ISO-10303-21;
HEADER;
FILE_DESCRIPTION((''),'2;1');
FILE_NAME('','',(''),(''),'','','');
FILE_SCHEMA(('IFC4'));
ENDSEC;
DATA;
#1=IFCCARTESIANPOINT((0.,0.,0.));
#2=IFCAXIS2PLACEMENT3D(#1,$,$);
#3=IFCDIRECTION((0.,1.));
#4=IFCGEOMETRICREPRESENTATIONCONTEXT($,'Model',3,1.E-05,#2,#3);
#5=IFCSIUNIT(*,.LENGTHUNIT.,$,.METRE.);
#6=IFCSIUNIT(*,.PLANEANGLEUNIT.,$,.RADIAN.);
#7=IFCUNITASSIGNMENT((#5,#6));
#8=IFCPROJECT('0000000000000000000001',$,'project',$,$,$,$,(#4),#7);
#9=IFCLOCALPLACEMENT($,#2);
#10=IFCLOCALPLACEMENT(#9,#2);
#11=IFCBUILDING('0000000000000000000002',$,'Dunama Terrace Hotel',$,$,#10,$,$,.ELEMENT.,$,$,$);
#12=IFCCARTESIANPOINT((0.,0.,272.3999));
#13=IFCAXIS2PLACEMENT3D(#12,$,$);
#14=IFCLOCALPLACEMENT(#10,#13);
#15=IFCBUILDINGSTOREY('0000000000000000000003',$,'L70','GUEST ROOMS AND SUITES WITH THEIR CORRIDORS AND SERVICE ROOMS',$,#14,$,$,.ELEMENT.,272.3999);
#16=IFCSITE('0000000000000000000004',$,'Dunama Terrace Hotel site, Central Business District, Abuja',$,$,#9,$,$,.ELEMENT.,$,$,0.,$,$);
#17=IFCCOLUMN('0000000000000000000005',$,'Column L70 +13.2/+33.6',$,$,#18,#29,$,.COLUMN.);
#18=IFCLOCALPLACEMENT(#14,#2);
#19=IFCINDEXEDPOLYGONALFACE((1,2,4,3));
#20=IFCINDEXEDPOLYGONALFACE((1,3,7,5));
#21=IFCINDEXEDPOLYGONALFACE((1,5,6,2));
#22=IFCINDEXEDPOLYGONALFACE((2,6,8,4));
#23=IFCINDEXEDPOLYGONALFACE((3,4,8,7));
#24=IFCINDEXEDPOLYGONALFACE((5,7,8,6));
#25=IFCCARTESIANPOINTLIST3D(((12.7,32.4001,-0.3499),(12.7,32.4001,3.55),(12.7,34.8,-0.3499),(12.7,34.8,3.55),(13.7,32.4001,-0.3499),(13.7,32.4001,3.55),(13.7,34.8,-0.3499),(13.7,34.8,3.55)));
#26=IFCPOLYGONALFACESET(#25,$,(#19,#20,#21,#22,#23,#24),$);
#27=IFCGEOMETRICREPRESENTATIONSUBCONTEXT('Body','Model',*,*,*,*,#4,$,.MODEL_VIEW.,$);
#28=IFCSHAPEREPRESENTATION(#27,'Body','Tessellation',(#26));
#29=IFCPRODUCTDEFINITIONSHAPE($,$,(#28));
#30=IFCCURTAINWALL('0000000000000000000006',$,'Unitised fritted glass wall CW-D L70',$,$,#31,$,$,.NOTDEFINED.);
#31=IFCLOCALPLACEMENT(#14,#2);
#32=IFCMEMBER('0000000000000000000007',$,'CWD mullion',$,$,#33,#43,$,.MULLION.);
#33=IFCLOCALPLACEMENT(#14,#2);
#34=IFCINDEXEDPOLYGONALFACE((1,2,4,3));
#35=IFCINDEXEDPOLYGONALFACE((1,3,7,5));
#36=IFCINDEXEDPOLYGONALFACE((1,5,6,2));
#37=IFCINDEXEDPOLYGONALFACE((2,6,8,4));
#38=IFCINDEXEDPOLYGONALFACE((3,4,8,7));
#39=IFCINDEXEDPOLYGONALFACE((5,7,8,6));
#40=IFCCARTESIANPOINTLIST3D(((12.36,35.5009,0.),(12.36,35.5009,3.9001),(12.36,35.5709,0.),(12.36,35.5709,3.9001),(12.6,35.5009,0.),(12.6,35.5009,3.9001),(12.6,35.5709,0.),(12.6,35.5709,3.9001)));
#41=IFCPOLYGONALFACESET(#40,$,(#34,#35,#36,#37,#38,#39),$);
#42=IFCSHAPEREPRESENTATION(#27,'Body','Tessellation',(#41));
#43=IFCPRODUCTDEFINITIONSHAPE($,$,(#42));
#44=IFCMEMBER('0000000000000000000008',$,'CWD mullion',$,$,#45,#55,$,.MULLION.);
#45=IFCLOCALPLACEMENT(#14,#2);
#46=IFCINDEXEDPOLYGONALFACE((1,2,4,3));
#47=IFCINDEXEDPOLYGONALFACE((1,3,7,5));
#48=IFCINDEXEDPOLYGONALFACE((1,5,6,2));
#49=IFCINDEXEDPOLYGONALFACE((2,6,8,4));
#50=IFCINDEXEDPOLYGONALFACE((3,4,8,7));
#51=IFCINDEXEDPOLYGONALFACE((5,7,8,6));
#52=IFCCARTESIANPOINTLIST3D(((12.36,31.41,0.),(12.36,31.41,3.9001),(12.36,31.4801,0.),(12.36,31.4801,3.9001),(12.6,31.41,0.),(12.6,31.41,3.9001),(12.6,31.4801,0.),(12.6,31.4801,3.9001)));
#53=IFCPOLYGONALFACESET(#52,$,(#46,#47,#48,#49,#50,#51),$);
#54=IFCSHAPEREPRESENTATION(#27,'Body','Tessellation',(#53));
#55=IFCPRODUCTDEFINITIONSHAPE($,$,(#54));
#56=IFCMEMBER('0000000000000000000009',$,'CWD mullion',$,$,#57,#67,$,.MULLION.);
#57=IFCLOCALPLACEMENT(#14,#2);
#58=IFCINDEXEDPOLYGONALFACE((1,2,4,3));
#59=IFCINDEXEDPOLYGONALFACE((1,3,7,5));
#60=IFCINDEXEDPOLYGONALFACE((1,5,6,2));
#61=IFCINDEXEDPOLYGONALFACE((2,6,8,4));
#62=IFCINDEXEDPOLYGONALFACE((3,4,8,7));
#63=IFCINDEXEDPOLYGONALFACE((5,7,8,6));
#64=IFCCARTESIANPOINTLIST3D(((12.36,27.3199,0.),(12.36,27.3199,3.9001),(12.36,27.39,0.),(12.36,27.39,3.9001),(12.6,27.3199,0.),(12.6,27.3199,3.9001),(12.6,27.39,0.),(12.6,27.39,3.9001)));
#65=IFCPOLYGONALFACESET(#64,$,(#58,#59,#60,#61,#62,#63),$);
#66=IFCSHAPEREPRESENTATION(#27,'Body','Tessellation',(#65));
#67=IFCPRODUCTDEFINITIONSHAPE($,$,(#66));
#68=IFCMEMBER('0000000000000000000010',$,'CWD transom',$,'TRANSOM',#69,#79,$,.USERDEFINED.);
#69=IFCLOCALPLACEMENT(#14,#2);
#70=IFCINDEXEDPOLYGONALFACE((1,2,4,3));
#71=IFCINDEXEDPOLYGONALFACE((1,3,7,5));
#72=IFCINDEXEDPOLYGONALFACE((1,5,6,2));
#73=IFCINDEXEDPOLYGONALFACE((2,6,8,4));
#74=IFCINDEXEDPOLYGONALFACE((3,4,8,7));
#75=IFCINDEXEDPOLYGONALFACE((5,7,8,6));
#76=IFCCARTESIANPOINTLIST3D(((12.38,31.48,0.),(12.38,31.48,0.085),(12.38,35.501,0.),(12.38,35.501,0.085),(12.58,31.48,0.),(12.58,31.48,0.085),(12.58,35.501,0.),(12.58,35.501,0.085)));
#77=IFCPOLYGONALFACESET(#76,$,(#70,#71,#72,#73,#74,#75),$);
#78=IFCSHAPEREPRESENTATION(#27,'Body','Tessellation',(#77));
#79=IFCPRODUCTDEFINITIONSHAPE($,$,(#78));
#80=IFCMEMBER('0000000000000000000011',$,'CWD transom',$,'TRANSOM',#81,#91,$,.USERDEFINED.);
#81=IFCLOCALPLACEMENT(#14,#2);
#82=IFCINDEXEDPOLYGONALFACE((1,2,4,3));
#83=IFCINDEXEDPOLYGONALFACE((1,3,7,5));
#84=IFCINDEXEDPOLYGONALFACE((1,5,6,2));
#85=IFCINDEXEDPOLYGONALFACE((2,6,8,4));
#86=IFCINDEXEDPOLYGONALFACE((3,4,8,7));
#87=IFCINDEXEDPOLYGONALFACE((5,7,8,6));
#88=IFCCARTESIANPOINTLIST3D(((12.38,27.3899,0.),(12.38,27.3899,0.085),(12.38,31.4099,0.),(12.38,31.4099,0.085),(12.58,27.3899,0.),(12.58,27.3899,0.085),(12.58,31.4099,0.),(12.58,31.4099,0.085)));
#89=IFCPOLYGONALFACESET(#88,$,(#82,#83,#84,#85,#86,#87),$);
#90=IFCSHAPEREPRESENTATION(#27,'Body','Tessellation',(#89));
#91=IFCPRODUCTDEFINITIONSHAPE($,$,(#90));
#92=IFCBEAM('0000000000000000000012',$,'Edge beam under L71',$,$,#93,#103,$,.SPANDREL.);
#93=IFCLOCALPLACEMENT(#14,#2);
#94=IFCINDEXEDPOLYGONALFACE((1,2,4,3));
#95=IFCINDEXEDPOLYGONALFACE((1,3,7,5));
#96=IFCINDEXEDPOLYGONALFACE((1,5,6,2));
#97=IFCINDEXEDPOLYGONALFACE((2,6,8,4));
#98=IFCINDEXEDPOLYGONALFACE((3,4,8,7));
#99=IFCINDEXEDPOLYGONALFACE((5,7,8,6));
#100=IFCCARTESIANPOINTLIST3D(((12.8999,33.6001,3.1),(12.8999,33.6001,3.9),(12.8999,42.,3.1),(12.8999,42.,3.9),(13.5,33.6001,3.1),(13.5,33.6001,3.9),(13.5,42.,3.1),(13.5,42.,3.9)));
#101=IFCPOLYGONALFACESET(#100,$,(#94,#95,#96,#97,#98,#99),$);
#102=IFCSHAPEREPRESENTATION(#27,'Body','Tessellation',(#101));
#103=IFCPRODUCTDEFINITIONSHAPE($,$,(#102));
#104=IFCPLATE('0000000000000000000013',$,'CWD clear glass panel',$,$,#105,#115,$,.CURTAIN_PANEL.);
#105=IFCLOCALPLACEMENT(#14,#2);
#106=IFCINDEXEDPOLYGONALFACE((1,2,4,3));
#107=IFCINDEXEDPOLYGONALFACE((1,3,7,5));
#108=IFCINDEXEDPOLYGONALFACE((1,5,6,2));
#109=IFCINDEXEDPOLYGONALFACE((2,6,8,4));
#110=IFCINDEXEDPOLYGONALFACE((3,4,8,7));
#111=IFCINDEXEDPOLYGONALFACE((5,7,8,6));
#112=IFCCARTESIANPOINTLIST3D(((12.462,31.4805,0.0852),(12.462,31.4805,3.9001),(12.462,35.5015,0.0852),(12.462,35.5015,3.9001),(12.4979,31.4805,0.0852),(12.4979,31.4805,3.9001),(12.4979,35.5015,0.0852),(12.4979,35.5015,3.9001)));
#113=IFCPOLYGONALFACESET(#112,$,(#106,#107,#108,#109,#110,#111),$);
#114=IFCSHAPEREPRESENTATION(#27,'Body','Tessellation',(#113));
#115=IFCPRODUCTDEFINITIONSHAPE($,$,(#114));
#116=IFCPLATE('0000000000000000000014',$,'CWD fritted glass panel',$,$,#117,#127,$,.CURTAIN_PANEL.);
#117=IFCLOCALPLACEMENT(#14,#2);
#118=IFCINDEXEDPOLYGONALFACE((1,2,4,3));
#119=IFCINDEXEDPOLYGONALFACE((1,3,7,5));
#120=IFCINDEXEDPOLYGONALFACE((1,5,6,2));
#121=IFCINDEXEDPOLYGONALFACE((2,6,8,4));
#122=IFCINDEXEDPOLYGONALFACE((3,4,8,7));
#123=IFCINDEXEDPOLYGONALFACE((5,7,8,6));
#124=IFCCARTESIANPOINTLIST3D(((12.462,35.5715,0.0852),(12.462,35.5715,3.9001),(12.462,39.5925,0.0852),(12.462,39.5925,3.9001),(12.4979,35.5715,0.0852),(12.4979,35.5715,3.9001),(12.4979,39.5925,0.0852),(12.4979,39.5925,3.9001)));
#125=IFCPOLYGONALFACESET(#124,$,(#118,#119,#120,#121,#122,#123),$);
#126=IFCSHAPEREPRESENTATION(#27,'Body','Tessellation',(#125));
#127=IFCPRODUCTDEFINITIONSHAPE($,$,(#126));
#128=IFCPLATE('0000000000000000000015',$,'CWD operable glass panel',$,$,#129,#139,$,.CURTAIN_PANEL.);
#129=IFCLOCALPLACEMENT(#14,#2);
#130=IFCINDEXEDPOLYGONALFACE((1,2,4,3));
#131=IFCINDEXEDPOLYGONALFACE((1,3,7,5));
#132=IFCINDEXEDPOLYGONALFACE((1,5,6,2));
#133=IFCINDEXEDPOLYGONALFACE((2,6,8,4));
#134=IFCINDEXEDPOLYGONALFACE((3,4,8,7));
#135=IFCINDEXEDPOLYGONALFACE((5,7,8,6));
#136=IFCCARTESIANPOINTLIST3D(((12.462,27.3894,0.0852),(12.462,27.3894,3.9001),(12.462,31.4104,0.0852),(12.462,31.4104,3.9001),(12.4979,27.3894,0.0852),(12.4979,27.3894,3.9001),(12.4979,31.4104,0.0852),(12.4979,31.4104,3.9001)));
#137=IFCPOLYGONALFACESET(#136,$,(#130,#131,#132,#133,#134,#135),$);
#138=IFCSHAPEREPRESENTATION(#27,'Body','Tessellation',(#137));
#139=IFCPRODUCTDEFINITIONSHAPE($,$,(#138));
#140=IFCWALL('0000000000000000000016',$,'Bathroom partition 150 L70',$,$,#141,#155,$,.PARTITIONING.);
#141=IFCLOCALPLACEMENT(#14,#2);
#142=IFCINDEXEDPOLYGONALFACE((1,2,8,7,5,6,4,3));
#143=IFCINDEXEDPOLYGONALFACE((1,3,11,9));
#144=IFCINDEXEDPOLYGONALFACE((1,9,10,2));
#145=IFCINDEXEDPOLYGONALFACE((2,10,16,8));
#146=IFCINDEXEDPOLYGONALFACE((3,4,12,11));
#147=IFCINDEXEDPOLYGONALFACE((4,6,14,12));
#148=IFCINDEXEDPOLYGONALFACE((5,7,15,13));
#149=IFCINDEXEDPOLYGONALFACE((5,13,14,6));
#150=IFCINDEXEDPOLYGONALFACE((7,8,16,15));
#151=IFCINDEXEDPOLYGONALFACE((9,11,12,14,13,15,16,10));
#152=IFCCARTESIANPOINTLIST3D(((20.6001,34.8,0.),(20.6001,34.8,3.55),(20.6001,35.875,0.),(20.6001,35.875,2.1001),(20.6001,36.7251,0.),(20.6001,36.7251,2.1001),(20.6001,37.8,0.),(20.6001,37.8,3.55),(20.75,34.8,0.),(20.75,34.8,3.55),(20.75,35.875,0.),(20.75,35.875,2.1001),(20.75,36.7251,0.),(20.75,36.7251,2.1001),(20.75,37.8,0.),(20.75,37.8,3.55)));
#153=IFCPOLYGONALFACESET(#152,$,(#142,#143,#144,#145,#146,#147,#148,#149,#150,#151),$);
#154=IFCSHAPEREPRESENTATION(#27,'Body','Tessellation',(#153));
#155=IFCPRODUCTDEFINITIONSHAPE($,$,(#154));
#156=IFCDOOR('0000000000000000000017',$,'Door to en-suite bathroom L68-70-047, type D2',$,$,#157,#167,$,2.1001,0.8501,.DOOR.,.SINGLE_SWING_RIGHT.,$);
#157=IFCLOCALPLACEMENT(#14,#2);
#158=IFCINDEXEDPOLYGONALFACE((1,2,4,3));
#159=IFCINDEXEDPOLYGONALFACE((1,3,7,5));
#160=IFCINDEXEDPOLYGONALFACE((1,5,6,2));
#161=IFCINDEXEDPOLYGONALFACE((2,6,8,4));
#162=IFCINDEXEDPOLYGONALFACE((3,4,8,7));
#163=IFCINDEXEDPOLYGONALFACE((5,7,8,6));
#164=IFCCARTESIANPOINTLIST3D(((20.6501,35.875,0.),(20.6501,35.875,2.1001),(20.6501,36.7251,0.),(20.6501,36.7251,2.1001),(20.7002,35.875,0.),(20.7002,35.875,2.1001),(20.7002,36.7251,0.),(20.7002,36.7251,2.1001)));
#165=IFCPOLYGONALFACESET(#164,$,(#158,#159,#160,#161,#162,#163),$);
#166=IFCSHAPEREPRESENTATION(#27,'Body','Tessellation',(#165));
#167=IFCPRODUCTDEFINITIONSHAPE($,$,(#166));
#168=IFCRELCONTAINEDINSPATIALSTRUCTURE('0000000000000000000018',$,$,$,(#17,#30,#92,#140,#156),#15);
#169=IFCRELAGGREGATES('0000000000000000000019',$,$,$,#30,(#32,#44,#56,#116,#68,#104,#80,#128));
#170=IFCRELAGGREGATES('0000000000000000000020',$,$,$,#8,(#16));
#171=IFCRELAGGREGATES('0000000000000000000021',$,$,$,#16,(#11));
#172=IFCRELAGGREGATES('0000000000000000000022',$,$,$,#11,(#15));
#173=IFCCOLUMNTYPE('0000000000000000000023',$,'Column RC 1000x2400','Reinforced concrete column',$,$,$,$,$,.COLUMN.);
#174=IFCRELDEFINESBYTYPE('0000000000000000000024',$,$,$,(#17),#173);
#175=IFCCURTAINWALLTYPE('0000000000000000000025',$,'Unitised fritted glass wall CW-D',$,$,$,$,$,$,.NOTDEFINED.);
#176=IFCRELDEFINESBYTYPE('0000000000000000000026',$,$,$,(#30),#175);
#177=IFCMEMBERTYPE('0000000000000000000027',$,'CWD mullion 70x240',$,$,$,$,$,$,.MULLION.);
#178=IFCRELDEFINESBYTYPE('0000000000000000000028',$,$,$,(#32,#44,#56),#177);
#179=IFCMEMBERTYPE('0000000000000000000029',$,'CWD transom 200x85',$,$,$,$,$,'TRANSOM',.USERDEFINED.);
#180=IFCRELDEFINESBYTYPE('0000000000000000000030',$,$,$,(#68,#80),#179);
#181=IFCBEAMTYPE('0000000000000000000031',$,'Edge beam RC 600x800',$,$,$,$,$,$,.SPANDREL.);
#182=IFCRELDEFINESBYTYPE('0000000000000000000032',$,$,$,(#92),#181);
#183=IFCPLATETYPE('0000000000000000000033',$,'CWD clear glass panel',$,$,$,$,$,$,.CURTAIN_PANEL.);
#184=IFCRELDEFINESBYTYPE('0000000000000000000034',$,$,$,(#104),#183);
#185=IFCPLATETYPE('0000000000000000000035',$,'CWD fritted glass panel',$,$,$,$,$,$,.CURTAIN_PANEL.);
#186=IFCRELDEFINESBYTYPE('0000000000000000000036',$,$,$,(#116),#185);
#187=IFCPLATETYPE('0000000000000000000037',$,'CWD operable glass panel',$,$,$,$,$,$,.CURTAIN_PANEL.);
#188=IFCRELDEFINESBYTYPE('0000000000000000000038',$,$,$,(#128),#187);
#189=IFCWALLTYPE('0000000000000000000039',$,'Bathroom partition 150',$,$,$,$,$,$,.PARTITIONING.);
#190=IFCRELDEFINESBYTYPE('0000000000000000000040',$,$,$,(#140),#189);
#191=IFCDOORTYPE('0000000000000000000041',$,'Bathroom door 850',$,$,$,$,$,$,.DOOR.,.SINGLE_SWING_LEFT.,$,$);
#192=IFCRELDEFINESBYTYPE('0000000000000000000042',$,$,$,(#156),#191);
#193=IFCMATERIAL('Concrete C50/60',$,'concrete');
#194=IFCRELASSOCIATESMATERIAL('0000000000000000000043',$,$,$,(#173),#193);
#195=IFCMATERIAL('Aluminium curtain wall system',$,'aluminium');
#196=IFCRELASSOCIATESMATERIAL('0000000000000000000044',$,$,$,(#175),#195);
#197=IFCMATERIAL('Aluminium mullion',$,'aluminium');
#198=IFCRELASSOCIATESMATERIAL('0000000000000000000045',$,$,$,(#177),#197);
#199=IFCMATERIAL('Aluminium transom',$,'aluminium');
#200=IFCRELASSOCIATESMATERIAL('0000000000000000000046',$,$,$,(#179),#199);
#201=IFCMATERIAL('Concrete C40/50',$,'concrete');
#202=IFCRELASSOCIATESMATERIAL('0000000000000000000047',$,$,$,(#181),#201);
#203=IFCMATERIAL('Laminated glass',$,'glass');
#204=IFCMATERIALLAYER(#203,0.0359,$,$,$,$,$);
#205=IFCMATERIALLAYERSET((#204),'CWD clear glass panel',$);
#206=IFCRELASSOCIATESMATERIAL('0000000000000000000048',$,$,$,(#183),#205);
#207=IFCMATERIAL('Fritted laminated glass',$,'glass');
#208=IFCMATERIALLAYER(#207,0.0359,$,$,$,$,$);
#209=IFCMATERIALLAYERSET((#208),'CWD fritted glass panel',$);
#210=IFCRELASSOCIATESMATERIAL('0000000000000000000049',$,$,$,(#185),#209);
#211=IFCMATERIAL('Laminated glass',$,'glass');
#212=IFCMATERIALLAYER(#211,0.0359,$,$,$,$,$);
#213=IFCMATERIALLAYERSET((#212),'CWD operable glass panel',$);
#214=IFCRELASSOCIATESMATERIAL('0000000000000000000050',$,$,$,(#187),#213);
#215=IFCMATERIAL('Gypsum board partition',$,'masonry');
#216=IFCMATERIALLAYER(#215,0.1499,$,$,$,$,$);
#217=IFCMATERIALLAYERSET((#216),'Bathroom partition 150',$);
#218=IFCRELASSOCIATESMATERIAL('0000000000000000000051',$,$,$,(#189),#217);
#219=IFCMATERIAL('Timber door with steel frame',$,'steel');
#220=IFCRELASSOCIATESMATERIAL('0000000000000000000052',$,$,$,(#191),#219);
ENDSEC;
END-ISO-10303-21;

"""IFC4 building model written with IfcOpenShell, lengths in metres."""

from ifc_helpers import new_model, si_unit, direction, frame, frame_2d, origin, origin_2d, place, context, subcontext, project, spatial, rectangle, extrude, material, layer, layer_set, material_profile, profile_set, type_object, element, fill, aggregate, save


model = new_model("IFC4")

# Units and contexts
model_context = context("Model", 3, precision=1e-05, world=origin(), true_north=direction((0.0, 1.0)))
body_context = subcontext(model_context, "Body", "Model", "MODEL_VIEW")
ifc_project = project(units=[si_unit("LENGTHUNIT", "METRE"), si_unit("PLANEANGLEUNIT", "RADIAN")], contexts=[model_context])

# Site, building, storey
site_placement = place(None, origin())
site = spatial("IfcSite", under=ifc_project, at=site_placement, Name="Dunama Terrace Hotel site, Central Business District, Abuja", CompositionType="ELEMENT", RefElevation=0.0)
building_placement = place(site_placement, origin())
building = spatial("IfcBuilding", under=site, at=building_placement, Name="Dunama Terrace Hotel", CompositionType="ELEMENT")
storey_placement = place(building_placement, frame((0.0, 0.0, 272.3999)))
storey = spatial("IfcBuildingStorey", under=building, at=storey_placement, Name="L70", Description="GUEST ROOMS AND SUITES WITH THEIR CORRIDORS AND SERVICE ROOMS", CompositionType="ELEMENT", Elevation=272.3999)

# Column
ifc_material_1 = material(Name="Concrete C50/60", Category="concrete")
ifc_material_profile_1 = material_profile(ifc_material_1, rectangle(XDim=1.0, YDim=2.3999, at=origin_2d()), Name="RC 1000x2400")
ifc_profile_set_1 = profile_set([ifc_material_profile_1], Name="Concrete C50/60")
column_type = type_object("IfcColumnType", Name="Column RC 1000x2400", Description="Reinforced concrete column", PredefinedType="COLUMN", material=ifc_profile_set_1)
column_placement = place(storey_placement, frame((13.2, 33.6001, -0.3499), z_axis=(0.0, 0.0, 1.0), x_axis=(1.0, 0.0, 0.0)))
element("IfcColumn", 1, at=column_placement, inside=storey, type_object=column_type, Name="Column L70 +13.2/+33.6", PredefinedType="COLUMN", context=body_context, shape_type="SweptSolid", body=[
    extrude(rectangle(XDim=1.0, YDim=2.3999, at=origin_2d()), origin(), (0.0, 0.0, 1.0), 3.8999),
])

# Curtain wall, members
ifc_material_2 = material(Name="Aluminium curtain wall system", Category="aluminium")
curtain_wall_type = type_object("IfcCurtainWallType", Name="Unitised fritted glass wall CW-D", PredefinedType="NOTDEFINED", material=ifc_material_2)
curtain_wall_placement = place(storey_placement, origin())
curtain_wall = element("IfcCurtainWall", 2, at=curtain_wall_placement, inside=storey, type_object=curtain_wall_type, Name="Unitised fritted glass wall CW-D L70", PredefinedType="NOTDEFINED")
ifc_material_3 = material(Name="Aluminium mullion", Category="aluminium")
ifc_material_profile_2 = material_profile(ifc_material_3, rectangle(XDim=0.0701, YDim=0.24, at=origin_2d()), Name="CWD MULLION 70X240")
ifc_profile_set_2 = profile_set([ifc_material_profile_2], Name="Aluminium mullion")
member_type_1 = type_object("IfcMemberType", Name="CWD mullion 70x240", PredefinedType="MULLION", material=ifc_profile_set_2)
member_1_placement = place(storey_placement, frame((12.48, 35.5359, 0.0), z_axis=(0.0, 0.0, 1.0), x_axis=(0.0, -1.0, 0.0)))
member_1 = element("IfcMember", 3, at=member_1_placement, type_object=member_type_1, Name="CWD mullion", PredefinedType="MULLION", context=body_context, shape_type="SweptSolid", body=[
    extrude(rectangle(XDim=0.0701, YDim=0.24, at=origin_2d()), origin(), (0.0, 0.0, 1.0), 3.9001),
])
member_2_placement = place(storey_placement, frame((12.48, 31.4451, 0.0), z_axis=(0.0, 0.0, 1.0), x_axis=(0.0, -1.0, 0.0)))
member_2 = element("IfcMember", 4, at=member_2_placement, type_object=member_type_1, Name="CWD mullion", PredefinedType="MULLION", context=body_context, shape_type="SweptSolid", body=[
    extrude(rectangle(XDim=0.0701, YDim=0.24, at=origin_2d()), origin(), (0.0, 0.0, 1.0), 3.9001),
])
member_3_placement = place(storey_placement, frame((12.48, 27.355, 0.0), z_axis=(0.0, 0.0, 1.0), x_axis=(0.0, -1.0, 0.0)))
member_3 = element("IfcMember", 5, at=member_3_placement, type_object=member_type_1, Name="CWD mullion", PredefinedType="MULLION", context=body_context, shape_type="SweptSolid", body=[
    extrude(rectangle(XDim=0.0701, YDim=0.24, at=origin_2d()), origin(), (0.0, 0.0, 1.0), 3.9001),
])
ifc_material_4 = material(Name="Aluminium transom", Category="aluminium")
ifc_material_profile_3 = material_profile(ifc_material_4, rectangle(XDim=0.2, YDim=0.085, at=origin_2d()), Name="CWD TRANSOM 200X85")
ifc_profile_set_3 = profile_set([ifc_material_profile_3], Name="Aluminium transom")
member_type_2 = type_object("IfcMemberType", Name="CWD transom 200x85", ElementType="TRANSOM", PredefinedType="USERDEFINED", material=ifc_profile_set_3)
member_4_placement = place(storey_placement, frame((12.48, 35.501, 0.0425), z_axis=(0.0, -1.0, 0.0), x_axis=(1.0, 0.0, 0.0)))
member_4 = element("IfcMember", 6, at=member_4_placement, type_object=member_type_2, Name="CWD transom", ObjectType="TRANSOM", PredefinedType="USERDEFINED", context=body_context, shape_type="SweptSolid", body=[
    extrude(rectangle(XDim=0.2, YDim=0.085, at=origin_2d()), origin(), (0.0, 0.0, 1.0), 4.021),
])
member_5_placement = place(storey_placement, frame((12.48, 31.4099, 0.0425), z_axis=(0.0, -1.0, 0.0), x_axis=(1.0, 0.0, 0.0)))
member_5 = element("IfcMember", 7, at=member_5_placement, type_object=member_type_2, Name="CWD transom", ObjectType="TRANSOM", PredefinedType="USERDEFINED", context=body_context, shape_type="SweptSolid", body=[
    extrude(rectangle(XDim=0.2, YDim=0.085, at=origin_2d()), origin(), (0.0, 0.0, 1.0), 4.02),
])

# Beam
ifc_material_5 = material(Name="Concrete C40/50", Category="concrete")
ifc_material_profile_4 = material_profile(ifc_material_5, rectangle(XDim=0.6001, YDim=0.8, at=origin_2d()), Name="RC 600x800")
ifc_profile_set_4 = profile_set([ifc_material_profile_4], Name="Concrete C40/50")
beam_type = type_object("IfcBeamType", Name="Edge beam RC 600x800", PredefinedType="SPANDREL", material=ifc_profile_set_4)
beam_placement = place(storey_placement, frame((13.2, 33.6001, 3.5), z_axis=(0.0, 1.0, 0.0), x_axis=(-1.0, 0.0, 0.0)))
element("IfcBeam", 8, at=beam_placement, inside=storey, type_object=beam_type, Name="Edge beam under L71", PredefinedType="SPANDREL", context=body_context, shape_type="SweptSolid", body=[
    extrude(rectangle(XDim=0.6001, YDim=0.8, at=origin_2d()), origin(), (0.0, 0.0, 1.0), 8.3999),
])

# Plates
ifc_material_6 = material(Name="Laminated glass", Category="glass")
ifc_layer_1 = layer(ifc_material_6, 0.0359)
ifc_layer_set_1 = layer_set([ifc_layer_1], Name="CWD clear glass panel")
plate_type_1 = type_object("IfcPlateType", Name="CWD clear glass panel", PredefinedType="CURTAIN_PANEL", material=ifc_layer_set_1)
plate_1_placement = place(storey_placement, frame((12.48, 33.491, 0.0852), z_axis=(0.0, 0.0, 1.0), x_axis=(0.0, -1.0, 0.0)))
plate_1 = element("IfcPlate", 9, at=plate_1_placement, type_object=plate_type_1, Name="CWD clear glass panel", PredefinedType="CURTAIN_PANEL", context=body_context, shape_type="SweptSolid", body=[
    extrude(rectangle(XDim=4.021, YDim=0.0359, at=origin_2d()), origin(), (0.0, 0.0, 1.0), 3.8149),
])
ifc_material_7 = material(Name="Fritted laminated glass", Category="glass")
ifc_layer_2 = layer(ifc_material_7, 0.0359)
ifc_layer_set_2 = layer_set([ifc_layer_2], Name="CWD fritted glass panel")
plate_type_2 = type_object("IfcPlateType", Name="CWD fritted glass panel", PredefinedType="CURTAIN_PANEL", material=ifc_layer_set_2)
plate_2_placement = place(storey_placement, frame((12.48, 37.582, 0.0852), z_axis=(0.0, 0.0, 1.0), x_axis=(0.0, -1.0, 0.0)))
plate_2 = element("IfcPlate", 10, at=plate_2_placement, type_object=plate_type_2, Name="CWD fritted glass panel", PredefinedType="CURTAIN_PANEL", context=body_context, shape_type="SweptSolid", body=[
    extrude(rectangle(XDim=4.021, YDim=0.0359, at=origin_2d()), origin(), (0.0, 0.0, 1.0), 3.8149),
])
ifc_material_8 = material(Name="Laminated glass", Category="glass")
ifc_layer_3 = layer(ifc_material_8, 0.0359)
ifc_layer_set_3 = layer_set([ifc_layer_3], Name="CWD operable glass panel")
plate_type_3 = type_object("IfcPlateType", Name="CWD operable glass panel", PredefinedType="CURTAIN_PANEL", material=ifc_layer_set_3)
plate_3_placement = place(storey_placement, frame((12.48, 29.3999, 0.0852), z_axis=(0.0, 0.0, 1.0), x_axis=(0.0, -1.0, 0.0)))
plate_3 = element("IfcPlate", 11, at=plate_3_placement, type_object=plate_type_3, Name="CWD operable glass panel", PredefinedType="CURTAIN_PANEL", context=body_context, shape_type="SweptSolid", body=[
    extrude(rectangle(XDim=4.021, YDim=0.0359, at=origin_2d()), origin(), (0.0, 0.0, 1.0), 3.8149),
])
aggregate(curtain_wall, [member_1, member_2, member_3, plate_2, member_4, plate_1, member_5, plate_3])

# Wall, opening, door
ifc_material_9 = material(Name="Gypsum board partition", Category="masonry")
ifc_layer_4 = layer(ifc_material_9, 0.1499)
ifc_layer_set_4 = layer_set([ifc_layer_4], Name="Bathroom partition 150")
wall_type_1 = type_object("IfcWallType", Name="Bathroom partition 150", PredefinedType="PARTITIONING", material=ifc_layer_set_4)
wall_1_placement = place(storey_placement, frame((20.675, 34.8, 0.0), z_axis=(0.0, 0.0, 1.0), x_axis=(0.0, 1.0, 0.0)))
wall_1 = element("IfcWall", 12, at=wall_1_placement, inside=storey, type_object=wall_type_1, Name="Bathroom partition 150 L70", PredefinedType="PARTITIONING", context=body_context, shape_type="SweptSolid", body=[
    extrude(rectangle(XDim=3.0, YDim=0.1499, at=frame_2d((1.5, 0.0))), origin(), (0.0, 0.0, 1.0), 3.55),
])
opening_1_placement = place(wall_1_placement, frame((1.075, 0.0, 0.0)))
opening_1 = element("IfcOpeningElement", 13, at=opening_1_placement, cuts=wall_1, PredefinedType="OPENING", context=body_context, shape_type="SweptSolid", body=[
    extrude(rectangle(XDim=0.8501, YDim=2.1001, at=frame_2d((0.425, 1.05))), frame((0.0, 0.085, 0.0), z_axis=(0.0, -1.0, 0.0), x_axis=(1.0, 0.0, 0.0)), (0.0, 0.0, 1.0), 0.1699),
])
ifc_material_10 = material(Name="Timber door with steel frame", Category="steel")
door_type_1 = type_object("IfcDoorType", Name="Bathroom door 850", OperationType="SINGLE_SWING_LEFT", PredefinedType="DOOR", material=ifc_material_10)
door_1_placement = place(opening_1_placement, origin())
door_1 = element("IfcDoor", 14, at=door_1_placement, inside=storey, type_object=door_type_1, Name="Door to en-suite bathroom L68-70-047, type D2", OperationType="SINGLE_SWING_RIGHT", OverallHeight=2.1001, OverallWidth=0.8501, PredefinedType="DOOR", context=body_context, shape_type="SweptSolid", body=[
    extrude(rectangle(XDim=0.8501, YDim=2.1001, at=frame_2d((0.425, 1.05))), frame((0.0, 0.0249, 0.0), z_axis=(0.0, -1.0, 0.0), x_axis=(1.0, 0.0, 0.0)), (0.0, 0.0, 1.0), 0.05),
])
fill(opening_1, door_1)

save(model, "model.ifc")
